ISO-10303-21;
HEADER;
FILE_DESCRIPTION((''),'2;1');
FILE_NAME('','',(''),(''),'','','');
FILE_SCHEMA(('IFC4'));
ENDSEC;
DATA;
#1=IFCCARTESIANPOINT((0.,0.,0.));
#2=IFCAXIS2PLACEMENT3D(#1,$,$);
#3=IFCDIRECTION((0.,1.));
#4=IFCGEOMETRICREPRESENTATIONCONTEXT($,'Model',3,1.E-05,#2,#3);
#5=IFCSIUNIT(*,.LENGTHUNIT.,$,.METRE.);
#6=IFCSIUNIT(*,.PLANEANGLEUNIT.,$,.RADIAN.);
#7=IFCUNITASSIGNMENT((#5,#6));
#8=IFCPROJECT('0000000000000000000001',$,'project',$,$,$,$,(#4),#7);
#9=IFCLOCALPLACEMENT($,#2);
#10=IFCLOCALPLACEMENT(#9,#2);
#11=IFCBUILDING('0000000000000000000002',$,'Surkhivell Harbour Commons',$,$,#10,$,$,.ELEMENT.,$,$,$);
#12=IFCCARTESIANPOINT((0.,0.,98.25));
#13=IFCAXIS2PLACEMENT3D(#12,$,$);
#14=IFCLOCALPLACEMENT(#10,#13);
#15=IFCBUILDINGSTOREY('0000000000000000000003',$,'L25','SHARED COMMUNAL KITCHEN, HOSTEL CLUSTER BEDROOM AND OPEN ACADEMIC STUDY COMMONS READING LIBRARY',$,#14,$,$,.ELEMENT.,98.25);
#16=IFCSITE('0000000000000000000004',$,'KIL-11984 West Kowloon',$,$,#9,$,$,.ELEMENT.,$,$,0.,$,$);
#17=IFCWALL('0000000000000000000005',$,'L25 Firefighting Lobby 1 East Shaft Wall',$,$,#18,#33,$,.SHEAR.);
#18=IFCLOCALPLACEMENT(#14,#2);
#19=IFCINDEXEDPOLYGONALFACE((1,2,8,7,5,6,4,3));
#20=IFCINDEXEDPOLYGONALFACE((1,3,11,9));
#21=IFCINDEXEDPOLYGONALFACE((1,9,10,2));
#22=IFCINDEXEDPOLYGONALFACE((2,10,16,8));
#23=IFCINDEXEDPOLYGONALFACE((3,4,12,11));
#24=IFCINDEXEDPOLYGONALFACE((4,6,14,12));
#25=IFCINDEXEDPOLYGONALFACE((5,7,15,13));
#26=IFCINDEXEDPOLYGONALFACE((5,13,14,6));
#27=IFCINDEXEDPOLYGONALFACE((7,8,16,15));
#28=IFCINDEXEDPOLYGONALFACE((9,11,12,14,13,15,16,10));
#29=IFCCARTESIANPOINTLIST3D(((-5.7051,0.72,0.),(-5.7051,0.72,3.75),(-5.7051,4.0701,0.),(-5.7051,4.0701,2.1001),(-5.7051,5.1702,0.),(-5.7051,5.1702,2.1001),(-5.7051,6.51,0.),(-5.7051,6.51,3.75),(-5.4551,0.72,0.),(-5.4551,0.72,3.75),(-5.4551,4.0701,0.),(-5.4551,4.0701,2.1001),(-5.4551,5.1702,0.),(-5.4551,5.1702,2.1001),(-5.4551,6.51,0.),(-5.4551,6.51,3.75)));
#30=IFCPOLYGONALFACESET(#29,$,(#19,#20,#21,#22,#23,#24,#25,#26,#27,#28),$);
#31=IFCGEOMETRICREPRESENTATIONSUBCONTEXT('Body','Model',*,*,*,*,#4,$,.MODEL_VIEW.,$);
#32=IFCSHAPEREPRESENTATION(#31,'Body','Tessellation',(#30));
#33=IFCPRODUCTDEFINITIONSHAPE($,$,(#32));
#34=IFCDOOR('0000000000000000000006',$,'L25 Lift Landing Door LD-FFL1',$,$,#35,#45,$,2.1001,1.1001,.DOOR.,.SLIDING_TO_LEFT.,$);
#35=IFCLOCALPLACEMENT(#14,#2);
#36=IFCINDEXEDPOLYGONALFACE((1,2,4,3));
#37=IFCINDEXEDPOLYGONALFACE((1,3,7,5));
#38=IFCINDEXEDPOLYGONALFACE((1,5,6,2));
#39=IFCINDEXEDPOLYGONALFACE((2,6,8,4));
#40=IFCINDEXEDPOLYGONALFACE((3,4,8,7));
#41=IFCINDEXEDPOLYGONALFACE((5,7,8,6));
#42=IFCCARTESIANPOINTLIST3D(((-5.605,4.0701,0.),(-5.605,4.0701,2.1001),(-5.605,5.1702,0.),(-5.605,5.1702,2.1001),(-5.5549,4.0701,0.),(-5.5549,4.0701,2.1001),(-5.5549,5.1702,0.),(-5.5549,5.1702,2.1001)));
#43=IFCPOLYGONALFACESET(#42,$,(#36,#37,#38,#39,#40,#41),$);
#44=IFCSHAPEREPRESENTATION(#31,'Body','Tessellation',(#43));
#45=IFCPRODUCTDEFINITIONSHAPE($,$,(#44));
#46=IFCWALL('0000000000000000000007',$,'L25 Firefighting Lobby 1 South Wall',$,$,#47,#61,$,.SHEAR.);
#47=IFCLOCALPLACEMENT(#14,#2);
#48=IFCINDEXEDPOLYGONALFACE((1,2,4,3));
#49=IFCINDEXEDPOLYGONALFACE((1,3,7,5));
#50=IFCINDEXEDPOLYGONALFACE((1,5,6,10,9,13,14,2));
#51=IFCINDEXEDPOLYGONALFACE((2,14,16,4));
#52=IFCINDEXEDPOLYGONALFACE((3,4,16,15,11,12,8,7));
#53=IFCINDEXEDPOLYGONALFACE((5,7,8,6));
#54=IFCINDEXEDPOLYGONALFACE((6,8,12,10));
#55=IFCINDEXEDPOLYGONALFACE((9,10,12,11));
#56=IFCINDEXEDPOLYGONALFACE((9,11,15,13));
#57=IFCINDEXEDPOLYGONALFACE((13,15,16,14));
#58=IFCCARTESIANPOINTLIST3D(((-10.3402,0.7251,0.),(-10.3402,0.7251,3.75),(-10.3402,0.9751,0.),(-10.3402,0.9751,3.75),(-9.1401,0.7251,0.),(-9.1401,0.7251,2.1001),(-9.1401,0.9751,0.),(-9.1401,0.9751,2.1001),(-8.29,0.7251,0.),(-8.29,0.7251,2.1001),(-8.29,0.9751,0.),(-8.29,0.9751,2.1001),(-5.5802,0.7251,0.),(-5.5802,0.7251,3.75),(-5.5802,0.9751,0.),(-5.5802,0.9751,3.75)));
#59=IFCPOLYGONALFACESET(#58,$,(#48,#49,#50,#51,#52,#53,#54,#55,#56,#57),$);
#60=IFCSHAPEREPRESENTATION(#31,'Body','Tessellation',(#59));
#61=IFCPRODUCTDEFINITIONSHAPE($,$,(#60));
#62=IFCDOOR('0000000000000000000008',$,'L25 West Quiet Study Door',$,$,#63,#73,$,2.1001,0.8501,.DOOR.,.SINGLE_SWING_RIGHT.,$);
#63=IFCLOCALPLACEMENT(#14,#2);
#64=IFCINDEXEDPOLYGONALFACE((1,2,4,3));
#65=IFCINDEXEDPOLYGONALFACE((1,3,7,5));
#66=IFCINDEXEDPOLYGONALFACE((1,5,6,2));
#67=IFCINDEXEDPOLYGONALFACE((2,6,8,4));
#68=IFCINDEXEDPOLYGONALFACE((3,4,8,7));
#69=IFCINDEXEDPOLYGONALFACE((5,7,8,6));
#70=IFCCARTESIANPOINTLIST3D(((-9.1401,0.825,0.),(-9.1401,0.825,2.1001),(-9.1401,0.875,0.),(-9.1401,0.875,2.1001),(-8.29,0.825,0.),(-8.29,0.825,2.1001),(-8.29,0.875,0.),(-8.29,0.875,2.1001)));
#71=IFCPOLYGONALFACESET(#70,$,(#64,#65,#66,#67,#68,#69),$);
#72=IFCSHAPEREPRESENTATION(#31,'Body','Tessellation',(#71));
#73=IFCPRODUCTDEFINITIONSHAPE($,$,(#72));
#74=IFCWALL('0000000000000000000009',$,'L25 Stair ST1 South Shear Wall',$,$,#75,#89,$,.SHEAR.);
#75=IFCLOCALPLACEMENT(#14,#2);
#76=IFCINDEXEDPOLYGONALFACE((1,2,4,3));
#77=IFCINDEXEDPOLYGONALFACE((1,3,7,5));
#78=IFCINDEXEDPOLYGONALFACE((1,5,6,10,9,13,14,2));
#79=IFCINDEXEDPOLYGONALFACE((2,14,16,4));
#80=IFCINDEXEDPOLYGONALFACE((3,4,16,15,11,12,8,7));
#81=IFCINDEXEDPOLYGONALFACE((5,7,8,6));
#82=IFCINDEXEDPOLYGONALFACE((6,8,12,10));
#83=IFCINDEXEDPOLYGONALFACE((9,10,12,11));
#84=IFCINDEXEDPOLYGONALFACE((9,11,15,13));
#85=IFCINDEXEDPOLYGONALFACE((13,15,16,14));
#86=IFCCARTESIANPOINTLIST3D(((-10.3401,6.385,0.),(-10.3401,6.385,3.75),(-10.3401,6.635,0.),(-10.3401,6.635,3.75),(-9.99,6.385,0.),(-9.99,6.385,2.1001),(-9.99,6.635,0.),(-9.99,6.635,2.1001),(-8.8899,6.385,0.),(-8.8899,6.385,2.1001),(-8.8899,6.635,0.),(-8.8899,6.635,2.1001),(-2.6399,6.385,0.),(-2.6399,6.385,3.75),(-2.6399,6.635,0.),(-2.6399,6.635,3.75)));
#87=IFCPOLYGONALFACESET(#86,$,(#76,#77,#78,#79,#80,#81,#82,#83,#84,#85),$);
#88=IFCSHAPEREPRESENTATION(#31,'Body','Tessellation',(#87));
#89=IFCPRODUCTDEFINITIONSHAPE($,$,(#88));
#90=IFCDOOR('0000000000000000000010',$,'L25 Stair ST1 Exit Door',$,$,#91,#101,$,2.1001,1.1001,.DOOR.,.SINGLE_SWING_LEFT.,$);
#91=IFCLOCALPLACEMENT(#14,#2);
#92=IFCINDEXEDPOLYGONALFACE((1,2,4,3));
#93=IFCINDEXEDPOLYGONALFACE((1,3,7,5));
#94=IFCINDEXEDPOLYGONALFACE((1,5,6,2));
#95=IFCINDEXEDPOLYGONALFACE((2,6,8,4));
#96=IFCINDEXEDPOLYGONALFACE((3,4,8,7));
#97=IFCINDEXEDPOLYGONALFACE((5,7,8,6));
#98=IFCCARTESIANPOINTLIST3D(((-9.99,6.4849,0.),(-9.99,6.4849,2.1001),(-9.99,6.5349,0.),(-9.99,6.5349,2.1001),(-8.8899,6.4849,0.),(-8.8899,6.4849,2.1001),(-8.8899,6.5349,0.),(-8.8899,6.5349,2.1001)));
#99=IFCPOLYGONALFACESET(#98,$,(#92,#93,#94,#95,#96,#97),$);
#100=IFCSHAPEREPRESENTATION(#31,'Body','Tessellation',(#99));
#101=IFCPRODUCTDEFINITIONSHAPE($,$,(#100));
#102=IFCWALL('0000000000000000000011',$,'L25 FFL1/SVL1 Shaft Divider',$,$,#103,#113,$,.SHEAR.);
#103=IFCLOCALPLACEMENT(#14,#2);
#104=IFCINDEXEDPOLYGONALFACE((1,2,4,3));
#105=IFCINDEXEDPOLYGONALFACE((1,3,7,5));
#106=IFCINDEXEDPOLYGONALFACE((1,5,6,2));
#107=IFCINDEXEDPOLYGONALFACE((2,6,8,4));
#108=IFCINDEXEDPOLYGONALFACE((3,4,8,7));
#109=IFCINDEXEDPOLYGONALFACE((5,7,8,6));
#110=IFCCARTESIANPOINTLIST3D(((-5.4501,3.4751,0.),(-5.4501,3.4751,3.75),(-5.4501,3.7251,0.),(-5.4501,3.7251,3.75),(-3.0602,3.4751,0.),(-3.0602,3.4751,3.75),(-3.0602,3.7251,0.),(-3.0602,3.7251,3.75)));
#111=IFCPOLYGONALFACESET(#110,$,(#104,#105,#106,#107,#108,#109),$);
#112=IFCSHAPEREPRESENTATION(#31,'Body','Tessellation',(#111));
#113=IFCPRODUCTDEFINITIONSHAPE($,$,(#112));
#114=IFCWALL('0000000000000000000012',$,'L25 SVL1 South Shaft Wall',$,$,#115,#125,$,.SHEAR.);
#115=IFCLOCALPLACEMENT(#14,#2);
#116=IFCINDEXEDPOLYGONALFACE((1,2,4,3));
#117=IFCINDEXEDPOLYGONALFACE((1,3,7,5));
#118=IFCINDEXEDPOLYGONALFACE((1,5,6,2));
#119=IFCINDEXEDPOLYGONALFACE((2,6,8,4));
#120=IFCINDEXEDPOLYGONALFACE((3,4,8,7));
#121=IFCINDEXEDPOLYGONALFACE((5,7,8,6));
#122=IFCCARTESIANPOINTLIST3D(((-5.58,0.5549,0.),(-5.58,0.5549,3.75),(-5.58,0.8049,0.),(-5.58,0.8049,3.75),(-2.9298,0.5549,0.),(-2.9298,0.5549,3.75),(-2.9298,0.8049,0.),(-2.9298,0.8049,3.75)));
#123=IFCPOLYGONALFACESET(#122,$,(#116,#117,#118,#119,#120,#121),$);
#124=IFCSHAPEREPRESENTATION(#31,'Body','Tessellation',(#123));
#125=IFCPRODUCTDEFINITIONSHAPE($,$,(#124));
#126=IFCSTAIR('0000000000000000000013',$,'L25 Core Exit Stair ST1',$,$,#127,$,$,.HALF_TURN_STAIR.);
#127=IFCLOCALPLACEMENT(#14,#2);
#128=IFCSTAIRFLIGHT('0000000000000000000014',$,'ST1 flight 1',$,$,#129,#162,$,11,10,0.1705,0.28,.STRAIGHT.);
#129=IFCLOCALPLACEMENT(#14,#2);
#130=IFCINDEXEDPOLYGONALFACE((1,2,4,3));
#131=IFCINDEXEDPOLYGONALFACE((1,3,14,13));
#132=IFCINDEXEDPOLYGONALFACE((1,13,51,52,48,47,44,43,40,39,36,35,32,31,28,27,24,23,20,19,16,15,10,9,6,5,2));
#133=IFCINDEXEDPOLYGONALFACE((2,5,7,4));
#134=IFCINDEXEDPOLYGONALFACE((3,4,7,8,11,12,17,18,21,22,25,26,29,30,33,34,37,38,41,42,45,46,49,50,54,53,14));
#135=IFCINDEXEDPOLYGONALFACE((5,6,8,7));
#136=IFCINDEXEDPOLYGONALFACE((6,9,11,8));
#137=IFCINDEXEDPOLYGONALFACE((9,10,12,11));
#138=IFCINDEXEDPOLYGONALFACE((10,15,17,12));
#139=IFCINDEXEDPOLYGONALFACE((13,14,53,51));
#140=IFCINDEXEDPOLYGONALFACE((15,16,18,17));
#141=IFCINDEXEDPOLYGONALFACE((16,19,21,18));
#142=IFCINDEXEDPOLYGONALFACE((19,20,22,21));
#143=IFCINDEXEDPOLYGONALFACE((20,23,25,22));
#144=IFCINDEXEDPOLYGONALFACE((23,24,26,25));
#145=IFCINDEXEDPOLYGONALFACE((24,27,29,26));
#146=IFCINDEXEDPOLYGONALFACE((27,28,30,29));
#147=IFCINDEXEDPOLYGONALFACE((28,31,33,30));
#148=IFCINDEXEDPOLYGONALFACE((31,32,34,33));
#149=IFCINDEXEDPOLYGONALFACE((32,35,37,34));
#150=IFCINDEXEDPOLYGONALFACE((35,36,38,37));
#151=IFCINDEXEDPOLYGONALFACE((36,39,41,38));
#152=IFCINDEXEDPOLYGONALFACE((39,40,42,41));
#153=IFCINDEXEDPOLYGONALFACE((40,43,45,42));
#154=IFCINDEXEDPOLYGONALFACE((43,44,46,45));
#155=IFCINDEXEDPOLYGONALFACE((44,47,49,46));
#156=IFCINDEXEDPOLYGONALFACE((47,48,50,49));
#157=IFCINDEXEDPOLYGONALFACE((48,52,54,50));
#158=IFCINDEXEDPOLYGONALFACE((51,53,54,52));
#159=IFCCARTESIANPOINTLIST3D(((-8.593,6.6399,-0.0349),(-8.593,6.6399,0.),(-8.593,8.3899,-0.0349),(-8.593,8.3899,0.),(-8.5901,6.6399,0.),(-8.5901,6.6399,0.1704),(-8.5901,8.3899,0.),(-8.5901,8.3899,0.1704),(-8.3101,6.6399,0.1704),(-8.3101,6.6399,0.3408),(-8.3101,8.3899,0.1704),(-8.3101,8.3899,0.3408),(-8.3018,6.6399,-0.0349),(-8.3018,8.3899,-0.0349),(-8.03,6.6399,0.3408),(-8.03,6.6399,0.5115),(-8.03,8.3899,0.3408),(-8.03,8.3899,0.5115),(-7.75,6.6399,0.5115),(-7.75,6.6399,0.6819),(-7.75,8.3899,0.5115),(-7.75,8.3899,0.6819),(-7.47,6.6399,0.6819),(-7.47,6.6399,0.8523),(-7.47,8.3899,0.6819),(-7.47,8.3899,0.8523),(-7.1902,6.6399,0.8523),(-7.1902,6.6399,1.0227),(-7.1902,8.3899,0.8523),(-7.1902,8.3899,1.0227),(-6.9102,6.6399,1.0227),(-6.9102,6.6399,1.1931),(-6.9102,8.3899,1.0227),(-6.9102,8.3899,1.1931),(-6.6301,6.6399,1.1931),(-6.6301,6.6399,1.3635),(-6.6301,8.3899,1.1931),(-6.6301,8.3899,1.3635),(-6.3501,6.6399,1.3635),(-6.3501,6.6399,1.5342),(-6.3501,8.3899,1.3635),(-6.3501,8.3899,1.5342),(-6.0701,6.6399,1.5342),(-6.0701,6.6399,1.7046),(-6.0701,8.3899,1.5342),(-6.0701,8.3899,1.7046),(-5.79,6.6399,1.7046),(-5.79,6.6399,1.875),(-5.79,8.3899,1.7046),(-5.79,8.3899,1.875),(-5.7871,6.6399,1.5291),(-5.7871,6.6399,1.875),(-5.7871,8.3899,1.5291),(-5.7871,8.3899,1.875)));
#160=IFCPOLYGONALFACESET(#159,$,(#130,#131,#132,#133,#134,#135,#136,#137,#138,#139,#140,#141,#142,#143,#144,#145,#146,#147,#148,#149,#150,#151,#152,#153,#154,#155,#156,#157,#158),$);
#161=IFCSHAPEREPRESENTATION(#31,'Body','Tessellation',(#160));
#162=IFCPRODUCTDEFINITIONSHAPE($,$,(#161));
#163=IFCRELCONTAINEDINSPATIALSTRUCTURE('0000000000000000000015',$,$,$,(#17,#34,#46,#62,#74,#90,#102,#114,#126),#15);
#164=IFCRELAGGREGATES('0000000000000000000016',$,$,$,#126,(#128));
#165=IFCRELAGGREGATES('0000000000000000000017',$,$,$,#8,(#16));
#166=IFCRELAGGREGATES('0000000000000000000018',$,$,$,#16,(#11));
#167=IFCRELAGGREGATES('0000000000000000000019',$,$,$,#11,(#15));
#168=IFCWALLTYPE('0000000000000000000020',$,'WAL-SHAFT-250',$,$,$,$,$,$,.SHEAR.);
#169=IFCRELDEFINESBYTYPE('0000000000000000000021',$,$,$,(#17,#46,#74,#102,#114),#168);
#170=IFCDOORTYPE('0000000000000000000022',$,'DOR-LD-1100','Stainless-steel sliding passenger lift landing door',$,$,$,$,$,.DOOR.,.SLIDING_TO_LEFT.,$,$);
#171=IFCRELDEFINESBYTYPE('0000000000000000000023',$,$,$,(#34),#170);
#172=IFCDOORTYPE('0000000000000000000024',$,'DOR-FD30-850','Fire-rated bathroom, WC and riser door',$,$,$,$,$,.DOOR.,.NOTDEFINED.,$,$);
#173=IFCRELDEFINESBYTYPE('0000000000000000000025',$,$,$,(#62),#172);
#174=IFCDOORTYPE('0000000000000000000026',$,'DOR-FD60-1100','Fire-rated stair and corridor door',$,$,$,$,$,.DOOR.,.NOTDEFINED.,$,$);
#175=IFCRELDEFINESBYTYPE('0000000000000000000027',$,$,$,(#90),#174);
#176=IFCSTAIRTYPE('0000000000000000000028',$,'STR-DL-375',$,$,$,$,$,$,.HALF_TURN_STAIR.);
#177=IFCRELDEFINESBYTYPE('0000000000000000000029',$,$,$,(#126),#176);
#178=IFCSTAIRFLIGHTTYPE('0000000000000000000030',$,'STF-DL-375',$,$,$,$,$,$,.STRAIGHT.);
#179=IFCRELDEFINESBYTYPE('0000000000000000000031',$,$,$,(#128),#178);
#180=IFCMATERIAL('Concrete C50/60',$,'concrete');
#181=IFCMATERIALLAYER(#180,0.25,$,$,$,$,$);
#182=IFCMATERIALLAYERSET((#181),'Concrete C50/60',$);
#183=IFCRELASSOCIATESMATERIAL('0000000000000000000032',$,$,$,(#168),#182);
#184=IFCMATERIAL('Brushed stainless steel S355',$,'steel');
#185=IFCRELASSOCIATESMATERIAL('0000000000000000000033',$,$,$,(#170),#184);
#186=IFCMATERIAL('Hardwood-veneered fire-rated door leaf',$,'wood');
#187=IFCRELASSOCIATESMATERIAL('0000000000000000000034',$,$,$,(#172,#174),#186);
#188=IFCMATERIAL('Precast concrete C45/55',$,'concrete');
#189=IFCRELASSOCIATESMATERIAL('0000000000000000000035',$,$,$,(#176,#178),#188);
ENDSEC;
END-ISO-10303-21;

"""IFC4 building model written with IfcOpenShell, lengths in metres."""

from ifc_helpers import new_model, si_unit, direction, frame, frame_2d, origin, place, context, subcontext, project, spatial, polyline, rectangle, outline, extrude, material, layer, layer_set, type_object, element, fill, aggregate, save


model = new_model("IFC4")

# Units and contexts
model_context = context("Model", 3, precision=1e-05, world=origin(), true_north=direction((0.0, 1.0)))
body_context = subcontext(model_context, "Body", "Model", "MODEL_VIEW")
ifc_project = project(units=[si_unit("LENGTHUNIT", "METRE"), si_unit("PLANEANGLEUNIT", "RADIAN")], contexts=[model_context])

# Site, building, storey
site_placement = place(None, origin())
site = spatial("IfcSite", under=ifc_project, at=site_placement, Name="KIL-11984 West Kowloon", CompositionType="ELEMENT", RefElevation=0.0)
building_placement = place(site_placement, origin())
building = spatial("IfcBuilding", under=site, at=building_placement, Name="Surkhivell Harbour Commons", CompositionType="ELEMENT")
storey_placement = place(building_placement, frame((0.0, 0.0, 98.25)))
storey = spatial("IfcBuildingStorey", under=building, at=storey_placement, Name="L25", Description="SHARED COMMUNAL KITCHEN, HOSTEL CLUSTER BEDROOM AND OPEN ACADEMIC STUDY COMMONS READING LIBRARY", CompositionType="ELEMENT", Elevation=98.25)

# Shared definitions
ifc_material_1 = material(Name="Hardwood-veneered fire-rated door leaf", Category="wood")

# Walls, openings, doors
ifc_material_2 = material(Name="Concrete C50/60", Category="concrete")
ifc_layer_1 = layer(ifc_material_2, 0.25)
ifc_layer_set_1 = layer_set([ifc_layer_1], Name="Concrete C50/60")
wall_type_1 = type_object("IfcWallType", Name="WAL-SHAFT-250", PredefinedType="SHEAR", material=ifc_layer_set_1)
wall_1_placement = place(storey_placement, frame((-5.5801, 0.72, 0.0), z_axis=(0.0, 0.0, 1.0), x_axis=(0.0, 1.0, 0.0)))
wall_1 = element("IfcWall", 1, at=wall_1_placement, inside=storey, type_object=wall_type_1, Name="L25 Firefighting Lobby 1 East Shaft Wall", PredefinedType="SHEAR", context=body_context, shape_type="SweptSolid", body=[
    extrude(rectangle(XDim=5.79, YDim=0.25, at=frame_2d((2.895, 0.0))), origin(), (0.0, 0.0, 1.0), 3.75),
])
opening_1_placement = place(wall_1_placement, frame((3.3501, 0.0, 0.0)))
opening_1 = element("IfcOpeningElement", 2, at=opening_1_placement, cuts=wall_1, PredefinedType="OPENING", context=body_context, shape_type="SweptSolid", body=[
    extrude(rectangle(XDim=1.1001, YDim=2.1001, at=frame_2d((0.55, 1.05))), frame((0.0, 0.135, 0.0), z_axis=(0.0, -1.0, 0.0), x_axis=(1.0, 0.0, 0.0)), (0.0, 0.0, 1.0), 0.27),
])
ifc_material_3 = material(Name="Brushed stainless steel S355", Category="steel")
door_type_1 = type_object("IfcDoorType", Name="DOR-LD-1100", Description="Stainless-steel sliding passenger lift landing door", OperationType="SLIDING_TO_LEFT", PredefinedType="DOOR", material=ifc_material_3)
door_1_placement = place(opening_1_placement, origin())
door_1 = element("IfcDoor", 3, at=door_1_placement, inside=storey, type_object=door_type_1, Name="L25 Lift Landing Door LD-FFL1", OperationType="SLIDING_TO_LEFT", OverallHeight=2.1001, OverallWidth=1.1001, PredefinedType="DOOR", context=body_context, shape_type="SweptSolid", body=[
    extrude(rectangle(XDim=1.1001, YDim=2.1001, at=frame_2d((0.55, 1.05))), frame((0.0, 0.0249, 0.0), z_axis=(0.0, -1.0, 0.0), x_axis=(1.0, 0.0, 0.0)), (0.0, 0.0, 1.0), 0.05),
])
fill(opening_1, door_1)
wall_2_placement = place(storey_placement, frame((-10.3401, 0.8501, 0.0), z_axis=(0.0, 0.0, 1.0), x_axis=(1.0, 0.0, 0.0)))
wall_2 = element("IfcWall", 4, at=wall_2_placement, inside=storey, type_object=wall_type_1, Name="L25 Firefighting Lobby 1 South Wall", PredefinedType="SHEAR", context=body_context, shape_type="SweptSolid", body=[
    extrude(rectangle(XDim=4.76, YDim=0.25, at=frame_2d((2.3799, 0.0))), origin(), (0.0, 0.0, 1.0), 3.75),
])
opening_2_placement = place(wall_2_placement, frame((1.2, 0.0, 0.0)))
opening_2 = element("IfcOpeningElement", 5, at=opening_2_placement, cuts=wall_2, PredefinedType="OPENING", context=body_context, shape_type="SweptSolid", body=[
    extrude(rectangle(XDim=0.8501, YDim=2.1001, at=frame_2d((0.425, 1.05))), frame((0.0, 0.135, 0.0), z_axis=(0.0, -1.0, 0.0), x_axis=(1.0, 0.0, 0.0)), (0.0, 0.0, 1.0), 0.27),
])
door_type_2 = type_object("IfcDoorType", Name="DOR-FD30-850", Description="Fire-rated bathroom, WC and riser door", OperationType="NOTDEFINED", PredefinedType="DOOR", material=ifc_material_1)
door_2_placement = place(opening_2_placement, origin())
door_2 = element("IfcDoor", 6, at=door_2_placement, inside=storey, type_object=door_type_2, Name="L25 West Quiet Study Door", OperationType="SINGLE_SWING_RIGHT", OverallHeight=2.1001, OverallWidth=0.8501, PredefinedType="DOOR", context=body_context, shape_type="SweptSolid", body=[
    extrude(rectangle(XDim=0.8501, YDim=2.1001, at=frame_2d((0.425, 1.05))), frame((0.0, 0.0249, 0.0), z_axis=(0.0, -1.0, 0.0), x_axis=(1.0, 0.0, 0.0)), (0.0, 0.0, 1.0), 0.05),
])
fill(opening_2, door_2)
wall_3_placement = place(storey_placement, frame((-10.3401, 6.51, 0.0), z_axis=(0.0, 0.0, 1.0), x_axis=(1.0, 0.0, 0.0)))
wall_3 = element("IfcWall", 7, at=wall_3_placement, inside=storey, type_object=wall_type_1, Name="L25 Stair ST1 South Shear Wall", PredefinedType="SHEAR", context=body_context, shape_type="SweptSolid", body=[
    extrude(rectangle(XDim=7.7002, YDim=0.25, at=frame_2d((3.8501, 0.0))), origin(), (0.0, 0.0, 1.0), 3.75),
])
opening_3_placement = place(wall_3_placement, frame((0.3501, 0.0, 0.0)))
opening_3 = element("IfcOpeningElement", 8, at=opening_3_placement, cuts=wall_3, PredefinedType="OPENING", context=body_context, shape_type="SweptSolid", body=[
    extrude(rectangle(XDim=1.1001, YDim=2.1001, at=frame_2d((0.55, 1.05))), frame((0.0, 0.135, 0.0), z_axis=(0.0, -1.0, 0.0), x_axis=(1.0, 0.0, 0.0)), (0.0, 0.0, 1.0), 0.27),
])
door_type_3 = type_object("IfcDoorType", Name="DOR-FD60-1100", Description="Fire-rated stair and corridor door", OperationType="NOTDEFINED", PredefinedType="DOOR", material=ifc_material_1)
door_3_placement = place(opening_3_placement, origin())
door_3 = element("IfcDoor", 9, at=door_3_placement, inside=storey, type_object=door_type_3, Name="L25 Stair ST1 Exit Door", OperationType="SINGLE_SWING_LEFT", OverallHeight=2.1001, OverallWidth=1.1001, PredefinedType="DOOR", context=body_context, shape_type="SweptSolid", body=[
    extrude(rectangle(XDim=1.1001, YDim=2.1001, at=frame_2d((0.55, 1.05))), frame((0.0, 0.0249, 0.0), z_axis=(0.0, -1.0, 0.0), x_axis=(1.0, 0.0, 0.0)), (0.0, 0.0, 1.0), 0.05),
])
fill(opening_3, door_3)

# Walls
wall_4_placement = place(storey_placement, frame((-5.45, 3.6001, 0.0), z_axis=(0.0, 0.0, 1.0), x_axis=(1.0, 0.0, 0.0)))
element("IfcWall", 10, at=wall_4_placement, inside=storey, type_object=wall_type_1, Name="L25 FFL1/SVL1 Shaft Divider", PredefinedType="SHEAR", context=body_context, shape_type="SweptSolid", body=[
    extrude(rectangle(XDim=2.3899, YDim=0.25, at=frame_2d((1.1948, 0.0))), origin(), (0.0, 0.0, 1.0), 3.75),
])
wall_5_placement = place(storey_placement, frame((-5.5801, 0.6799, 0.0), z_axis=(0.0, 0.0, 1.0), x_axis=(1.0, 0.0, 0.0)))
element("IfcWall", 11, at=wall_5_placement, inside=storey, type_object=wall_type_1, Name="L25 SVL1 South Shaft Wall", PredefinedType="SHEAR", context=body_context, shape_type="SweptSolid", body=[
    extrude(rectangle(XDim=2.6501, YDim=0.25, at=frame_2d((1.3252, 0.0))), origin(), (0.0, 0.0, 1.0), 3.75),
])

# Stair, stair flight
ifc_material_4 = material(Name="Precast concrete C45/55", Category="concrete")
stair_type = type_object("IfcStairType", Name="STR-DL-375", PredefinedType="HALF_TURN_STAIR", material=ifc_material_4)
stair_placement = place(storey_placement, origin())
stair = element("IfcStair", 12, at=stair_placement, inside=storey, type_object=stair_type, Name="L25 Core Exit Stair ST1", PredefinedType="HALF_TURN_STAIR")
stair_flight_type = type_object("IfcStairFlightType", Name="STF-DL-375", PredefinedType="STRAIGHT", material=ifc_material_4)
stair_flight_1_placement = place(storey_placement, frame((-8.5901, 7.5149, 0.0), z_axis=(0.0, 0.0, 1.0), x_axis=(1.0, 0.0, 0.0)))
stair_flight_1 = element("IfcStairFlight", 13, at=stair_flight_1_placement, type_object=stair_flight_type, Name="ST1 flight 1", NumberOfRisers=11, NumberOfTreads=10, PredefinedType="STRAIGHT", RiserHeight=0.1705, TreadLength=0.28, context=body_context, shape_type="SweptSolid", body=[
    extrude(outline(polyline([(-0.0029, -0.0349), (-0.0029, 0.0), (0.0, 0.0), (0.0, 0.1704), (0.28, 0.1704), (0.28, 0.3408), (0.5601, 0.3408), (0.5601, 0.5115), (0.8401, 0.5115), (0.8401, 0.6819), (1.1201, 0.6819), (1.1201, 0.8523), (1.3999, 0.8523), (1.3999, 1.0227), (1.6799, 1.0227), (1.6799, 1.1931), (1.96, 1.1931), (1.96, 1.3635), (2.24, 1.3635), (2.24, 1.5342), (2.52, 1.5342), (2.52, 1.7046), (2.8, 1.7046), (2.8, 1.875), (2.803, 1.875), (2.803, 1.5291), (0.2883, -0.0349), (-0.0029, -0.0349)])), frame((0.0, 0.875, 0.0), z_axis=(0.0, -1.0, 0.0), x_axis=(1.0, 0.0, 0.0)), (0.0, 0.0, 1.0), 1.75),
])
aggregate(stair, [stair_flight_1])

save(model, "model.ifc")
